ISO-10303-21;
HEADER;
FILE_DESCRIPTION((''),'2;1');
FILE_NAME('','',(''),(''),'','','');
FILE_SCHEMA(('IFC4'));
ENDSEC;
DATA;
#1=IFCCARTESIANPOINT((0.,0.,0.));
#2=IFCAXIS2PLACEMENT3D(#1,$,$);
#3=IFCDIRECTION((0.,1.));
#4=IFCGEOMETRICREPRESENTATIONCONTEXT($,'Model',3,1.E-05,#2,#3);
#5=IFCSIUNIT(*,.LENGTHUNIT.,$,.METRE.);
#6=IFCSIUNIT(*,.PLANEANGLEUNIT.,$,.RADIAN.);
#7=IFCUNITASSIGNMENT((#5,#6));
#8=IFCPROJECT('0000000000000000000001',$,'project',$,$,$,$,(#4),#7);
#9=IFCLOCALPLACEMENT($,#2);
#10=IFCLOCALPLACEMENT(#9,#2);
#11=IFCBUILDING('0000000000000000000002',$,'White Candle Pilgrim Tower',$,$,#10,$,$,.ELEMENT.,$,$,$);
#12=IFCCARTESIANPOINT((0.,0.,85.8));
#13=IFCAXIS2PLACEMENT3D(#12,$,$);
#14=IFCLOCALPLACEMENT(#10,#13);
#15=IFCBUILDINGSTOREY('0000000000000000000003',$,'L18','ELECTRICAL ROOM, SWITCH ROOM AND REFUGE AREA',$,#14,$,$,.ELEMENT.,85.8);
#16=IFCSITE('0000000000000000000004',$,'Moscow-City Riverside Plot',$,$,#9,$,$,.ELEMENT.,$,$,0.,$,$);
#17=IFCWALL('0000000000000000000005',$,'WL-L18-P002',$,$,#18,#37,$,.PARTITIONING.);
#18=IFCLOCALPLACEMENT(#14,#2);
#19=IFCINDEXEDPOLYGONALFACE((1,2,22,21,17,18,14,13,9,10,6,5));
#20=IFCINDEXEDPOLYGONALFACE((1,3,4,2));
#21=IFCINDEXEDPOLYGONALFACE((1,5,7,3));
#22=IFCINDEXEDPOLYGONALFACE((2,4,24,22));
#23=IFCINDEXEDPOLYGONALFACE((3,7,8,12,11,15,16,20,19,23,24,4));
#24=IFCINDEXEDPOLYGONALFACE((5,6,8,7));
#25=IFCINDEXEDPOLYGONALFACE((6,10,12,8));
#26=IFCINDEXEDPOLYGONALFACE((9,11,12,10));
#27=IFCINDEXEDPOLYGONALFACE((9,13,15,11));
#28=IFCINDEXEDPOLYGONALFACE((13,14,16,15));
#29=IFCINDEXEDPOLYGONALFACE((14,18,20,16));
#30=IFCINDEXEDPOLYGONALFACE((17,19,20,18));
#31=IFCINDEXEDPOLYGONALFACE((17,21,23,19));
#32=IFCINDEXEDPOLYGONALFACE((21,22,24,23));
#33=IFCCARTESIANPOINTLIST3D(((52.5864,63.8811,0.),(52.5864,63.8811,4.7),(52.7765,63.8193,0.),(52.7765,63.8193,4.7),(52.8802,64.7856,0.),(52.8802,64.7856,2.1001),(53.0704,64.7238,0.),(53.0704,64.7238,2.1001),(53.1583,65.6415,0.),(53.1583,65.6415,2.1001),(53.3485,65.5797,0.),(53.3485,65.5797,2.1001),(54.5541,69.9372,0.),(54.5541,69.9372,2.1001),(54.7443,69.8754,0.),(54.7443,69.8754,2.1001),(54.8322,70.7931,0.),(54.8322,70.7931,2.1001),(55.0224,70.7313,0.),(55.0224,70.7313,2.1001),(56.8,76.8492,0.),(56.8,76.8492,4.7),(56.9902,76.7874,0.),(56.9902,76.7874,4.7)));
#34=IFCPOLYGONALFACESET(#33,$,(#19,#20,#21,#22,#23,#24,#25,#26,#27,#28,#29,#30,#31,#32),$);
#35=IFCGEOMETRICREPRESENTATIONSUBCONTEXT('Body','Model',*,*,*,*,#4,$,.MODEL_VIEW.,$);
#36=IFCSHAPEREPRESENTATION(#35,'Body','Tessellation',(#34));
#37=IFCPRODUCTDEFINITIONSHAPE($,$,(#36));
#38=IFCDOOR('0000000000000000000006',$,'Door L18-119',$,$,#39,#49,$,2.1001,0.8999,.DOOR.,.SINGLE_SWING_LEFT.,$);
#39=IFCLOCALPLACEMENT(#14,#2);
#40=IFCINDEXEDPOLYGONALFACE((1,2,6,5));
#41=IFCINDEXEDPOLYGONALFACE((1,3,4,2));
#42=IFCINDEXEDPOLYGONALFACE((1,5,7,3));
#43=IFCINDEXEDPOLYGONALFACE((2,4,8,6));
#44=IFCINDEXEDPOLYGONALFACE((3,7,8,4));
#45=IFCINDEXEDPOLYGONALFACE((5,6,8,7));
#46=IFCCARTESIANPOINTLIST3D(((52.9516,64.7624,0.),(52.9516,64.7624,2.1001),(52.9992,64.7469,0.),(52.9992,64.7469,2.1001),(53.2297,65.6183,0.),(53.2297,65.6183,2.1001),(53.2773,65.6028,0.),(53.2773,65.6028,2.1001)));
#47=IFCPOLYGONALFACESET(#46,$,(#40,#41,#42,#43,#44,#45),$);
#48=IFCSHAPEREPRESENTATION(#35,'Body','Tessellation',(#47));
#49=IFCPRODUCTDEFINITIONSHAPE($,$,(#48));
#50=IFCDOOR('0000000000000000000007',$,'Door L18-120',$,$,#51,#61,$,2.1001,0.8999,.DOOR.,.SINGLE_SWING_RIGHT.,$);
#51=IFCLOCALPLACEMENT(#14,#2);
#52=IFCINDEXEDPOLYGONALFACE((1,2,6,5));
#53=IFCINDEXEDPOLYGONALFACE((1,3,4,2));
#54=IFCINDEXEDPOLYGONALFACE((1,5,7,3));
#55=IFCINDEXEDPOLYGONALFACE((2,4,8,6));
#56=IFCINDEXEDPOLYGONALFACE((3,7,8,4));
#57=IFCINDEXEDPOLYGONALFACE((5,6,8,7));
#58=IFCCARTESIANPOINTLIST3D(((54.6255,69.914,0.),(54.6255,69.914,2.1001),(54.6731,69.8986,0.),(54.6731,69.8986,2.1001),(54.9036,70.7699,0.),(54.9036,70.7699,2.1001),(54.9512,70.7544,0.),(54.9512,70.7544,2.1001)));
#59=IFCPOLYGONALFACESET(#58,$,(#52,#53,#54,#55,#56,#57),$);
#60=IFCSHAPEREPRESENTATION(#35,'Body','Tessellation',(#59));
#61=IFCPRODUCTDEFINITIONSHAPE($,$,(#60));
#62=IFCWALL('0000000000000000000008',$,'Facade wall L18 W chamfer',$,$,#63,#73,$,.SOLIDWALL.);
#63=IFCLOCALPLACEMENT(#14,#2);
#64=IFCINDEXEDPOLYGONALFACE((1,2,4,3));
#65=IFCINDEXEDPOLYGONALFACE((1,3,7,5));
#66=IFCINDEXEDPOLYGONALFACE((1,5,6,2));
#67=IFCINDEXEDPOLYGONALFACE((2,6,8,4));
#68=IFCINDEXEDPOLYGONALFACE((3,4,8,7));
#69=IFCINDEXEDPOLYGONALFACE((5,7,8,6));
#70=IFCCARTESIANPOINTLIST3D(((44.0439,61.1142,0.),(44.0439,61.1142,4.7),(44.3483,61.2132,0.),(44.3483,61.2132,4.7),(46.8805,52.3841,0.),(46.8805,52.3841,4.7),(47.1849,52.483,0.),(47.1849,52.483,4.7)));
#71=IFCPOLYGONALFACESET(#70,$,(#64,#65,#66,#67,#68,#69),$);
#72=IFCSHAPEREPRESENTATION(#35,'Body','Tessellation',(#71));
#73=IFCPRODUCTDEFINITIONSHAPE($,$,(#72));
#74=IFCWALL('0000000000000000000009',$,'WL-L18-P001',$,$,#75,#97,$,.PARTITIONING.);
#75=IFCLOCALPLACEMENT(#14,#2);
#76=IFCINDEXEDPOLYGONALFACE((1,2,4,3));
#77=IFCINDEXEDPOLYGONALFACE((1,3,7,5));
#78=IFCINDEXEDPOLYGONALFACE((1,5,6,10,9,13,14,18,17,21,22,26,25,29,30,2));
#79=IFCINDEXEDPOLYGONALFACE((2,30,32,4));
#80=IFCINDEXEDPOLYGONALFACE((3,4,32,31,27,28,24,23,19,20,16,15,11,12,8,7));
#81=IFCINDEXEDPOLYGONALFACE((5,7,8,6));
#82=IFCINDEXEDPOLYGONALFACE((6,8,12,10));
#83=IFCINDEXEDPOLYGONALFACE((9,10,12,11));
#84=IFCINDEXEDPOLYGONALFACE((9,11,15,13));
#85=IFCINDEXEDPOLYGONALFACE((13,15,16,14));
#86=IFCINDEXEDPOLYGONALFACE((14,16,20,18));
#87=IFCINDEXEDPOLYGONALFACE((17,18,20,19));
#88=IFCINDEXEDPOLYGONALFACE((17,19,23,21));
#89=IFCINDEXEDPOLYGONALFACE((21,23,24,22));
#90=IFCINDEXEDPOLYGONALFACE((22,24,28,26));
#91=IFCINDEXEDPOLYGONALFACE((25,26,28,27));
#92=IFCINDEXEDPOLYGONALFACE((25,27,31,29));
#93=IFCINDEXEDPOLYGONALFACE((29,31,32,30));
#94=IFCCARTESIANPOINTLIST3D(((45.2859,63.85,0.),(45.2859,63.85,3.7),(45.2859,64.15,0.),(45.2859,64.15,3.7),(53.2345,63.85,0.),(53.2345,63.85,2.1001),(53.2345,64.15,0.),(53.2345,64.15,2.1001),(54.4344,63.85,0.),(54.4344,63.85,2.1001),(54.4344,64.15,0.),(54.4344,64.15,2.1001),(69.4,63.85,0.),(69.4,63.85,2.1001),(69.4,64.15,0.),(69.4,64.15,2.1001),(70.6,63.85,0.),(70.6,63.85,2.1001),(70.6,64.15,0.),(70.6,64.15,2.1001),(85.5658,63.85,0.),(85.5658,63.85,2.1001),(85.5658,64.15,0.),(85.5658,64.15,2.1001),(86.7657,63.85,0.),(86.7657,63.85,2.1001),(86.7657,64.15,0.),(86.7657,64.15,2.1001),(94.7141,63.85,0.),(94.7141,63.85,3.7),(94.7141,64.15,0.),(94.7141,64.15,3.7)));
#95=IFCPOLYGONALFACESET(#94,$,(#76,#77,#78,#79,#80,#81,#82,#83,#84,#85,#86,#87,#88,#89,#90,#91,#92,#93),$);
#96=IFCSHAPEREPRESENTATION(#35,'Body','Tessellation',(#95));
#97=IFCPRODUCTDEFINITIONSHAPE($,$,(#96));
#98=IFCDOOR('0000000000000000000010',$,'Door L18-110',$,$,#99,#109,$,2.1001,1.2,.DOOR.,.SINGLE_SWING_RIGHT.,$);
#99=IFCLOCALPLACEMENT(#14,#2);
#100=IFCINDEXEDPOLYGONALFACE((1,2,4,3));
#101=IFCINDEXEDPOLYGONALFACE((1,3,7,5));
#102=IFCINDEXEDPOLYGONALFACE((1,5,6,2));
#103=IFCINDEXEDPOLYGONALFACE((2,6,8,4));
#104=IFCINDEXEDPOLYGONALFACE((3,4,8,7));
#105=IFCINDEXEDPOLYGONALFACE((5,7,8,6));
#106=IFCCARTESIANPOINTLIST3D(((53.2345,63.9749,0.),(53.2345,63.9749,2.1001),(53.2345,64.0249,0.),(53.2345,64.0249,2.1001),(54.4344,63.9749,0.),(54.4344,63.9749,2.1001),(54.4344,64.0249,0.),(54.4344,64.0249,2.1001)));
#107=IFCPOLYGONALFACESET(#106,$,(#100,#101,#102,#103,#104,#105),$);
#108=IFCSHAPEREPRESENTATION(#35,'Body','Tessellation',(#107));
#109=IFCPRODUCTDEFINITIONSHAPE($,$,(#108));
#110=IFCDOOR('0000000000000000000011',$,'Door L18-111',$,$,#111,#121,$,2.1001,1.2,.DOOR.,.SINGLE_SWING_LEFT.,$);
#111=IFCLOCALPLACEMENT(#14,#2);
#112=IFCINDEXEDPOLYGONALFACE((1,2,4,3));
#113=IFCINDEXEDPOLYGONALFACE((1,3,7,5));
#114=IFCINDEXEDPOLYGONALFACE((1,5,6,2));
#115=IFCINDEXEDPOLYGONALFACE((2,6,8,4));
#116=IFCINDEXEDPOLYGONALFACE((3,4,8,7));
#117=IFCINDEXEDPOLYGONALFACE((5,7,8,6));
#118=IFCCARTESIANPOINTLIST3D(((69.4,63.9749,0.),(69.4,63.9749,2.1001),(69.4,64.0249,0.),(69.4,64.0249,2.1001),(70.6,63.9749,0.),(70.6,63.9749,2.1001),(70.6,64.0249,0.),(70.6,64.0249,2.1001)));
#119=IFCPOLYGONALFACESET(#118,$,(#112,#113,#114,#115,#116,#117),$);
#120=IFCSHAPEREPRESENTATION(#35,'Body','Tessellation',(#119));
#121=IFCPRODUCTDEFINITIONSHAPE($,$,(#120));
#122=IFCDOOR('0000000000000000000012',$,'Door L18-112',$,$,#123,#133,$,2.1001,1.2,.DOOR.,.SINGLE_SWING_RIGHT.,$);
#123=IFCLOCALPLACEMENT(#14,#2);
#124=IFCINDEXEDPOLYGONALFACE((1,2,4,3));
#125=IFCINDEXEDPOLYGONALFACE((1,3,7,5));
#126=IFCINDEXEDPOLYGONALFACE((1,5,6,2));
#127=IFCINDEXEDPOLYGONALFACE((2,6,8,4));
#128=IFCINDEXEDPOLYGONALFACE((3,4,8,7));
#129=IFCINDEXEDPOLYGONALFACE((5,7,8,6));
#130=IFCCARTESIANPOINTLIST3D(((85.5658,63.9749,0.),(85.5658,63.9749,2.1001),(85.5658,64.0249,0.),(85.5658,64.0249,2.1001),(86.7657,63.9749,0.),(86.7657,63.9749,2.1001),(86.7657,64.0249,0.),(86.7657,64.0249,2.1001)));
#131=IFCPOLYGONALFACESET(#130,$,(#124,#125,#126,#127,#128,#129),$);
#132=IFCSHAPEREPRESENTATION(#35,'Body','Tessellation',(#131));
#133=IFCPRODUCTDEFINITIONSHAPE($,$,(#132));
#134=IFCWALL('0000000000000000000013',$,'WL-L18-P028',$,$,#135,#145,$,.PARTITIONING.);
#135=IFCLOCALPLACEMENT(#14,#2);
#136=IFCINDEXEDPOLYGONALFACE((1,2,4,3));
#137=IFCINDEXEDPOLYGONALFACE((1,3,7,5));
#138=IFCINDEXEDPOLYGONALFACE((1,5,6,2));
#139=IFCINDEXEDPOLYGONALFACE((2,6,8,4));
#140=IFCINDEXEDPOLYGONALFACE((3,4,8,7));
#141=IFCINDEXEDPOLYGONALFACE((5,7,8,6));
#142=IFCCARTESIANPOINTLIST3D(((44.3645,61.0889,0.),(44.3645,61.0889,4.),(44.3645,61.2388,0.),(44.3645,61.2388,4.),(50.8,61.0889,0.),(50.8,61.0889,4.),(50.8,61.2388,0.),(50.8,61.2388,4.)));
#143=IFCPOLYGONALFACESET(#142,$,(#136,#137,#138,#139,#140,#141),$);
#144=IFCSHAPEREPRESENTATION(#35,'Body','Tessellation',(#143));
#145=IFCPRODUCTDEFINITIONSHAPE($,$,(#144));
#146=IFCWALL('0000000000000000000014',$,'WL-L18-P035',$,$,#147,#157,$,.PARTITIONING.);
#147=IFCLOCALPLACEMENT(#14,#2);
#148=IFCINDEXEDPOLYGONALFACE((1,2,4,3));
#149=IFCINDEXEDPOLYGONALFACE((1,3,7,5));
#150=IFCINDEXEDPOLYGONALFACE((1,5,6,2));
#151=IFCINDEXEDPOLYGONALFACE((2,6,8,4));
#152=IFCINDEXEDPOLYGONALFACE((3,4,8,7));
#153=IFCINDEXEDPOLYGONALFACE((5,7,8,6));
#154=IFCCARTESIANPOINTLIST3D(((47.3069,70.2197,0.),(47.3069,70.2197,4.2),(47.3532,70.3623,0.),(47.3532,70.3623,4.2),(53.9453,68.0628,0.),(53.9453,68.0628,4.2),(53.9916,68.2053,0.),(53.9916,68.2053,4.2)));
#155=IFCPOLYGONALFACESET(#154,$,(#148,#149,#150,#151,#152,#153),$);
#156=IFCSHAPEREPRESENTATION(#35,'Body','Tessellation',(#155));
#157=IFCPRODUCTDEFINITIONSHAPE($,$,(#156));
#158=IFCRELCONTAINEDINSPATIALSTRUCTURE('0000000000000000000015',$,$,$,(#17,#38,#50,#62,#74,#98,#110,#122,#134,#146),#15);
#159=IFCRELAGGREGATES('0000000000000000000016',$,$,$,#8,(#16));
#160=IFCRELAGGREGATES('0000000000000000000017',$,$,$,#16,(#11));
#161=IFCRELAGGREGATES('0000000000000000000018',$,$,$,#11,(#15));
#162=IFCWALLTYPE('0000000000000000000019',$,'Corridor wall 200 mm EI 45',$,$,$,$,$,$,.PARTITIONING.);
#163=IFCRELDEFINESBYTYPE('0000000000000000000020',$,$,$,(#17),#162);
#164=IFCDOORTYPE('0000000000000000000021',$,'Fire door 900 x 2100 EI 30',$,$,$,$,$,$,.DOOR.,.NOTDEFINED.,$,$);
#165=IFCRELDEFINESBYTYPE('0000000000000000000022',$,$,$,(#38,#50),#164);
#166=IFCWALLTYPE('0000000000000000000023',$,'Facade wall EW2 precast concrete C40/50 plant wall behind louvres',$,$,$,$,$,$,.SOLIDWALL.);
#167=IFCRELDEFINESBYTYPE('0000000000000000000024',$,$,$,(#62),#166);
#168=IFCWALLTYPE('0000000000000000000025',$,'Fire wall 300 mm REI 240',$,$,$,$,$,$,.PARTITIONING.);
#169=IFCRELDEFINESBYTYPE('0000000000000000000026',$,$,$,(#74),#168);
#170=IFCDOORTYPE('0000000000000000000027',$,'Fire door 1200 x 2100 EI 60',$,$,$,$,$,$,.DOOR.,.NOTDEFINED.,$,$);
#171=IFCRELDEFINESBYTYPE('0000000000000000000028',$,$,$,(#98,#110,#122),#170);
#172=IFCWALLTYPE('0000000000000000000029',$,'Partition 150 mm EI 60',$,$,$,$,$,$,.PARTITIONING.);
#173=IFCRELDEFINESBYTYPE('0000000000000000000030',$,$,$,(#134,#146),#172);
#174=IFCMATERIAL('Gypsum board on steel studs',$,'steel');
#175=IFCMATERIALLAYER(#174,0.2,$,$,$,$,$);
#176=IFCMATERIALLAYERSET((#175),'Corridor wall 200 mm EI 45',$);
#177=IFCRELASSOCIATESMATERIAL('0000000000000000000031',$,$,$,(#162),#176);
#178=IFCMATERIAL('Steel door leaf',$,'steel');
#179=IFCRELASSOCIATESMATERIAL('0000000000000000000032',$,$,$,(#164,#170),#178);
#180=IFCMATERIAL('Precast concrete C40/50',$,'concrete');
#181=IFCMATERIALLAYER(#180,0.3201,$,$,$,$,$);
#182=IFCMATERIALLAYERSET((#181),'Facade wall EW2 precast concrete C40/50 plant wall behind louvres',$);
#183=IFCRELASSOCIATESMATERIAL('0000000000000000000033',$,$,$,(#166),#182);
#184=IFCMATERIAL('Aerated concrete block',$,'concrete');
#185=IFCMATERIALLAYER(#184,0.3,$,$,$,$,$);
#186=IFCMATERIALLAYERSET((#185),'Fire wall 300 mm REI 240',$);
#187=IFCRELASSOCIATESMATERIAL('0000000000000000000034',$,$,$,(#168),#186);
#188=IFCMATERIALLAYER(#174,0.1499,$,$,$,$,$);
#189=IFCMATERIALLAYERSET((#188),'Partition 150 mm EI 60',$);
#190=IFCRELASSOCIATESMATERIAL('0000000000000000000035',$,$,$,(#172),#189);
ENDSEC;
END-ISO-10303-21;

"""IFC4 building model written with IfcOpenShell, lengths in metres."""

from ifc_helpers import new_model, si_unit, direction, frame, frame_2d, origin, place, context, subcontext, project, spatial, rectangle, extrude, material, layer, layer_set, type_object, element, fill, save


model = new_model("IFC4")

# Units and contexts
model_context = context("Model", 3, precision=1e-05, world=origin(), true_north=direction((0.0, 1.0)))
body_context = subcontext(model_context, "Body", "Model", "MODEL_VIEW")
ifc_project = project(units=[si_unit("LENGTHUNIT", "METRE"), si_unit("PLANEANGLEUNIT", "RADIAN")], contexts=[model_context])

# Site, building, storey
site_placement = place(None, origin())
site = spatial("IfcSite", under=ifc_project, at=site_placement, Name="Moscow-City Riverside Plot", CompositionType="ELEMENT", RefElevation=0.0)
building_placement = place(site_placement, origin())
building = spatial("IfcBuilding", under=site, at=building_placement, Name="White Candle Pilgrim Tower", CompositionType="ELEMENT")
storey_placement = place(building_placement, frame((0.0, 0.0, 85.8)))
storey = spatial("IfcBuildingStorey", under=building, at=storey_placement, Name="L18", Description="ELECTRICAL ROOM, SWITCH ROOM AND REFUGE AREA", CompositionType="ELEMENT", Elevation=85.8)

# Wall, openings, doors
ifc_material_1 = material(Name="Gypsum board on steel studs", Category="steel")
ifc_layer_1 = layer(ifc_material_1, 0.2)
ifc_layer_set_1 = layer_set([ifc_layer_1], Name="Corridor wall 200 mm EI 45")
wall_type_1 = type_object("IfcWallType", Name="Corridor wall 200 mm EI 45", PredefinedType="PARTITIONING", material=ifc_layer_set_1)
wall_1_placement = place(storey_placement, frame((52.6814, 63.8501, 0.0), z_axis=(0.0, 0.0, 1.0), x_axis=(0.309021, 0.951055, 0.0)))
wall_1 = element("IfcWall", 1, at=wall_1_placement, inside=storey, type_object=wall_type_1, Name="WL-L18-P002", PredefinedType="PARTITIONING", context=body_context, shape_type="SweptSolid", body=[
    extrude(rectangle(XDim=13.6355, YDim=0.2, at=frame_2d((6.8179, 0.0))), origin(), (0.0, 0.0, 1.0), 4.7),
])
opening_1_placement = place(wall_1_placement, frame((0.9512, 0.0, 0.0)))
opening_1 = element("IfcOpeningElement", 2, at=opening_1_placement, cuts=wall_1, PredefinedType="OPENING", context=body_context, shape_type="SweptSolid", body=[
    extrude(rectangle(XDim=0.8999, YDim=2.1001, at=frame_2d((0.45, 1.05))), frame((0.0, 0.1099, 0.0), z_axis=(0.0, -1.0, 0.0), x_axis=(1.0, 0.0, 0.0)), (0.0, 0.0, 1.0), 0.22),
])
opening_2_placement = place(wall_1_placement, frame((6.3679, 0.0, 0.0)))
opening_2 = element("IfcOpeningElement", 3, at=opening_2_placement, cuts=wall_1, PredefinedType="OPENING", context=body_context, shape_type="SweptSolid", body=[
    extrude(rectangle(XDim=0.8999, YDim=2.1001, at=frame_2d((0.45, 1.05))), frame((0.0, 0.1099, 0.0), z_axis=(0.0, -1.0, 0.0), x_axis=(1.0, 0.0, 0.0)), (0.0, 0.0, 1.0), 0.22),
])
ifc_material_2 = material(Name="Steel door leaf", Category="steel")
door_type_1 = type_object("IfcDoorType", Name="Fire door 900 x 2100 EI 30", OperationType="NOTDEFINED", PredefinedType="DOOR", material=ifc_material_2)
door_1_placement = place(opening_1_placement, origin())
door_1 = element("IfcDoor", 4, at=door_1_placement, inside=storey, type_object=door_type_1, Name="Door L18-119", OperationType="SINGLE_SWING_LEFT", OverallHeight=2.1001, OverallWidth=0.8999, PredefinedType="DOOR", context=body_context, shape_type="SweptSolid", body=[
    extrude(rectangle(XDim=0.8999, YDim=2.1001, at=frame_2d((0.45, 1.05))), frame((0.0, 0.0249, 0.0), z_axis=(0.0, -1.0, 0.0), x_axis=(1.0, 0.0, 0.0)), (0.0, 0.0, 1.0), 0.05),
])
fill(opening_1, door_1)
door_2_placement = place(opening_2_placement, origin())
door_2 = element("IfcDoor", 5, at=door_2_placement, inside=storey, type_object=door_type_1, Name="Door L18-120", OperationType="SINGLE_SWING_RIGHT", OverallHeight=2.1001, OverallWidth=0.8999, PredefinedType="DOOR", context=body_context, shape_type="SweptSolid", body=[
    extrude(rectangle(XDim=0.8999, YDim=2.1001, at=frame_2d((0.45, 1.05))), frame((0.0, 0.0249, 0.0), z_axis=(0.0, -1.0, 0.0), x_axis=(1.0, 0.0, 0.0)), (0.0, 0.0, 1.0), 0.05),
])
fill(opening_2, door_2)

# Wall
ifc_material_3 = material(Name="Precast concrete C40/50", Category="concrete")
ifc_layer_2 = layer(ifc_material_3, 0.3201)
ifc_layer_set_2 = layer_set([ifc_layer_2], Name="Facade wall EW2 precast concrete C40/50 plant wall behind louvres")
wall_type_2 = type_object("IfcWallType", Name="Facade wall EW2 precast concrete C40/50 plant wall behind louvres", PredefinedType="SOLIDWALL", material=ifc_layer_set_2)
wall_2_placement = place(storey_placement, frame((44.196, 61.1638, 0.0), z_axis=(0.0, 0.0, 1.0), x_axis=(0.309022, -0.951055, 0.0)))
element("IfcWall", 6, at=wall_2_placement, inside=storey, type_object=wall_type_2, Name="Facade wall L18 W chamfer", PredefinedType="SOLIDWALL", context=body_context, shape_type="SweptSolid", body=[
    extrude(rectangle(XDim=9.1794, YDim=0.3201, at=frame_2d((4.5898, 0.0))), origin(), (0.0, 0.0, 1.0), 4.7),
])

# Wall, openings, doors
ifc_material_4 = material(Name="Aerated concrete block", Category="concrete")
ifc_layer_3 = layer(ifc_material_4, 0.3)
ifc_layer_set_3 = layer_set([ifc_layer_3], Name="Fire wall 300 mm REI 240")
wall_type_3 = type_object("IfcWallType", Name="Fire wall 300 mm REI 240", PredefinedType="PARTITIONING", material=ifc_layer_set_3)
wall_3_placement = place(storey_placement, frame((45.2859, 64.0, 0.0), z_axis=(0.0, 0.0, 1.0), x_axis=(1.0, 0.0, 0.0)))
wall_3 = element("IfcWall", 7, at=wall_3_placement, inside=storey, type_object=wall_type_3, Name="WL-L18-P001", PredefinedType="PARTITIONING", context=body_context, shape_type="SweptSolid", body=[
    extrude(rectangle(XDim=49.4282, YDim=0.3, at=frame_2d((24.7141, 0.0))), origin(), (0.0, 0.0, 1.0), 3.7),
])
opening_3_placement = place(wall_3_placement, frame((7.9485, 0.0, 0.0)))
opening_3 = element("IfcOpeningElement", 8, at=opening_3_placement, cuts=wall_3, PredefinedType="OPENING", context=body_context, shape_type="SweptSolid", body=[
    extrude(rectangle(XDim=1.2, YDim=2.1001, at=frame_2d((0.6001, 1.05))), frame((0.0, 0.1599, 0.0), z_axis=(0.0, -1.0, 0.0), x_axis=(1.0, 0.0, 0.0)), (0.0, 0.0, 1.0), 0.3201),
])
opening_4_placement = place(wall_3_placement, frame((24.114, 0.0, 0.0)))
opening_4 = element("IfcOpeningElement", 9, at=opening_4_placement, cuts=wall_3, PredefinedType="OPENING", context=body_context, shape_type="SweptSolid", body=[
    extrude(rectangle(XDim=1.2, YDim=2.1001, at=frame_2d((0.6001, 1.05))), frame((0.0, 0.1599, 0.0), z_axis=(0.0, -1.0, 0.0), x_axis=(1.0, 0.0, 0.0)), (0.0, 0.0, 1.0), 0.3201),
])
opening_5_placement = place(wall_3_placement, frame((40.2798, 0.0, 0.0)))
opening_5 = element("IfcOpeningElement", 10, at=opening_5_placement, cuts=wall_3, PredefinedType="OPENING", context=body_context, shape_type="SweptSolid", body=[
    extrude(rectangle(XDim=1.2, YDim=2.1001, at=frame_2d((0.6001, 1.05))), frame((0.0, 0.1599, 0.0), z_axis=(0.0, -1.0, 0.0), x_axis=(1.0, 0.0, 0.0)), (0.0, 0.0, 1.0), 0.3201),
])
door_type_2 = type_object("IfcDoorType", Name="Fire door 1200 x 2100 EI 60", OperationType="NOTDEFINED", PredefinedType="DOOR", material=ifc_material_2)
door_3_placement = place(opening_3_placement, origin())
door_3 = element("IfcDoor", 11, at=door_3_placement, inside=storey, type_object=door_type_2, Name="Door L18-110", OperationType="SINGLE_SWING_RIGHT", OverallHeight=2.1001, OverallWidth=1.2, PredefinedType="DOOR", context=body_context, shape_type="SweptSolid", body=[
    extrude(rectangle(XDim=1.2, YDim=2.1001, at=frame_2d((0.6001, 1.05))), frame((0.0, 0.0249, 0.0), z_axis=(0.0, -1.0, 0.0), x_axis=(1.0, 0.0, 0.0)), (0.0, 0.0, 1.0), 0.05),
])
fill(opening_3, door_3)
door_4_placement = place(opening_4_placement, origin())
door_4 = element("IfcDoor", 12, at=door_4_placement, inside=storey, type_object=door_type_2, Name="Door L18-111", OperationType="SINGLE_SWING_LEFT", OverallHeight=2.1001, OverallWidth=1.2, PredefinedType="DOOR", context=body_context, shape_type="SweptSolid", body=[
    extrude(rectangle(XDim=1.2, YDim=2.1001, at=frame_2d((0.6001, 1.05))), frame((0.0, 0.0249, 0.0), z_axis=(0.0, -1.0, 0.0), x_axis=(1.0, 0.0, 0.0)), (0.0, 0.0, 1.0), 0.05),
])
fill(opening_4, door_4)
door_5_placement = place(opening_5_placement, origin())
door_5 = element("IfcDoor", 13, at=door_5_placement, inside=storey, type_object=door_type_2, Name="Door L18-112", OperationType="SINGLE_SWING_RIGHT", OverallHeight=2.1001, OverallWidth=1.2, PredefinedType="DOOR", context=body_context, shape_type="SweptSolid", body=[
    extrude(rectangle(XDim=1.2, YDim=2.1001, at=frame_2d((0.6001, 1.05))), frame((0.0, 0.0249, 0.0), z_axis=(0.0, -1.0, 0.0), x_axis=(1.0, 0.0, 0.0)), (0.0, 0.0, 1.0), 0.05),
])
fill(opening_5, door_5)

# Walls
ifc_layer_4 = layer(ifc_material_1, 0.1499)
ifc_layer_set_4 = layer_set([ifc_layer_4], Name="Partition 150 mm EI 60")
wall_type_4 = type_object("IfcWallType", Name="Partition 150 mm EI 60", PredefinedType="PARTITIONING", material=ifc_layer_set_4)
wall_4_placement = place(storey_placement, frame((44.3645, 61.1638, 0.0), z_axis=(0.0, 0.0, 1.0), x_axis=(1.0, 0.0, 0.0)))
element("IfcWall", 14, at=wall_4_placement, inside=storey, type_object=wall_type_4, Name="WL-L18-P028", PredefinedType="PARTITIONING", context=body_context, shape_type="SweptSolid", body=[
    extrude(rectangle(XDim=6.4355, YDim=0.1499, at=frame_2d((3.2178, 0.0))), origin(), (0.0, 0.0, 1.0), 4.0),
])
wall_5_placement = place(storey_placement, frame((47.3301, 70.291, 0.0), z_axis=(0.0, 0.0, 1.0), x_axis=(0.951055, -0.30902, 0.0)))
element("IfcWall", 15, at=wall_5_placement, inside=storey, type_object=wall_type_4, Name="WL-L18-P035", PredefinedType="PARTITIONING", context=body_context, shape_type="SweptSolid", body=[
    extrude(rectangle(XDim=6.98, YDim=0.1499, at=frame_2d((3.49, 0.0))), origin(), (0.0, 0.0, 1.0), 4.2),
])

save(model, "model.ifc")
